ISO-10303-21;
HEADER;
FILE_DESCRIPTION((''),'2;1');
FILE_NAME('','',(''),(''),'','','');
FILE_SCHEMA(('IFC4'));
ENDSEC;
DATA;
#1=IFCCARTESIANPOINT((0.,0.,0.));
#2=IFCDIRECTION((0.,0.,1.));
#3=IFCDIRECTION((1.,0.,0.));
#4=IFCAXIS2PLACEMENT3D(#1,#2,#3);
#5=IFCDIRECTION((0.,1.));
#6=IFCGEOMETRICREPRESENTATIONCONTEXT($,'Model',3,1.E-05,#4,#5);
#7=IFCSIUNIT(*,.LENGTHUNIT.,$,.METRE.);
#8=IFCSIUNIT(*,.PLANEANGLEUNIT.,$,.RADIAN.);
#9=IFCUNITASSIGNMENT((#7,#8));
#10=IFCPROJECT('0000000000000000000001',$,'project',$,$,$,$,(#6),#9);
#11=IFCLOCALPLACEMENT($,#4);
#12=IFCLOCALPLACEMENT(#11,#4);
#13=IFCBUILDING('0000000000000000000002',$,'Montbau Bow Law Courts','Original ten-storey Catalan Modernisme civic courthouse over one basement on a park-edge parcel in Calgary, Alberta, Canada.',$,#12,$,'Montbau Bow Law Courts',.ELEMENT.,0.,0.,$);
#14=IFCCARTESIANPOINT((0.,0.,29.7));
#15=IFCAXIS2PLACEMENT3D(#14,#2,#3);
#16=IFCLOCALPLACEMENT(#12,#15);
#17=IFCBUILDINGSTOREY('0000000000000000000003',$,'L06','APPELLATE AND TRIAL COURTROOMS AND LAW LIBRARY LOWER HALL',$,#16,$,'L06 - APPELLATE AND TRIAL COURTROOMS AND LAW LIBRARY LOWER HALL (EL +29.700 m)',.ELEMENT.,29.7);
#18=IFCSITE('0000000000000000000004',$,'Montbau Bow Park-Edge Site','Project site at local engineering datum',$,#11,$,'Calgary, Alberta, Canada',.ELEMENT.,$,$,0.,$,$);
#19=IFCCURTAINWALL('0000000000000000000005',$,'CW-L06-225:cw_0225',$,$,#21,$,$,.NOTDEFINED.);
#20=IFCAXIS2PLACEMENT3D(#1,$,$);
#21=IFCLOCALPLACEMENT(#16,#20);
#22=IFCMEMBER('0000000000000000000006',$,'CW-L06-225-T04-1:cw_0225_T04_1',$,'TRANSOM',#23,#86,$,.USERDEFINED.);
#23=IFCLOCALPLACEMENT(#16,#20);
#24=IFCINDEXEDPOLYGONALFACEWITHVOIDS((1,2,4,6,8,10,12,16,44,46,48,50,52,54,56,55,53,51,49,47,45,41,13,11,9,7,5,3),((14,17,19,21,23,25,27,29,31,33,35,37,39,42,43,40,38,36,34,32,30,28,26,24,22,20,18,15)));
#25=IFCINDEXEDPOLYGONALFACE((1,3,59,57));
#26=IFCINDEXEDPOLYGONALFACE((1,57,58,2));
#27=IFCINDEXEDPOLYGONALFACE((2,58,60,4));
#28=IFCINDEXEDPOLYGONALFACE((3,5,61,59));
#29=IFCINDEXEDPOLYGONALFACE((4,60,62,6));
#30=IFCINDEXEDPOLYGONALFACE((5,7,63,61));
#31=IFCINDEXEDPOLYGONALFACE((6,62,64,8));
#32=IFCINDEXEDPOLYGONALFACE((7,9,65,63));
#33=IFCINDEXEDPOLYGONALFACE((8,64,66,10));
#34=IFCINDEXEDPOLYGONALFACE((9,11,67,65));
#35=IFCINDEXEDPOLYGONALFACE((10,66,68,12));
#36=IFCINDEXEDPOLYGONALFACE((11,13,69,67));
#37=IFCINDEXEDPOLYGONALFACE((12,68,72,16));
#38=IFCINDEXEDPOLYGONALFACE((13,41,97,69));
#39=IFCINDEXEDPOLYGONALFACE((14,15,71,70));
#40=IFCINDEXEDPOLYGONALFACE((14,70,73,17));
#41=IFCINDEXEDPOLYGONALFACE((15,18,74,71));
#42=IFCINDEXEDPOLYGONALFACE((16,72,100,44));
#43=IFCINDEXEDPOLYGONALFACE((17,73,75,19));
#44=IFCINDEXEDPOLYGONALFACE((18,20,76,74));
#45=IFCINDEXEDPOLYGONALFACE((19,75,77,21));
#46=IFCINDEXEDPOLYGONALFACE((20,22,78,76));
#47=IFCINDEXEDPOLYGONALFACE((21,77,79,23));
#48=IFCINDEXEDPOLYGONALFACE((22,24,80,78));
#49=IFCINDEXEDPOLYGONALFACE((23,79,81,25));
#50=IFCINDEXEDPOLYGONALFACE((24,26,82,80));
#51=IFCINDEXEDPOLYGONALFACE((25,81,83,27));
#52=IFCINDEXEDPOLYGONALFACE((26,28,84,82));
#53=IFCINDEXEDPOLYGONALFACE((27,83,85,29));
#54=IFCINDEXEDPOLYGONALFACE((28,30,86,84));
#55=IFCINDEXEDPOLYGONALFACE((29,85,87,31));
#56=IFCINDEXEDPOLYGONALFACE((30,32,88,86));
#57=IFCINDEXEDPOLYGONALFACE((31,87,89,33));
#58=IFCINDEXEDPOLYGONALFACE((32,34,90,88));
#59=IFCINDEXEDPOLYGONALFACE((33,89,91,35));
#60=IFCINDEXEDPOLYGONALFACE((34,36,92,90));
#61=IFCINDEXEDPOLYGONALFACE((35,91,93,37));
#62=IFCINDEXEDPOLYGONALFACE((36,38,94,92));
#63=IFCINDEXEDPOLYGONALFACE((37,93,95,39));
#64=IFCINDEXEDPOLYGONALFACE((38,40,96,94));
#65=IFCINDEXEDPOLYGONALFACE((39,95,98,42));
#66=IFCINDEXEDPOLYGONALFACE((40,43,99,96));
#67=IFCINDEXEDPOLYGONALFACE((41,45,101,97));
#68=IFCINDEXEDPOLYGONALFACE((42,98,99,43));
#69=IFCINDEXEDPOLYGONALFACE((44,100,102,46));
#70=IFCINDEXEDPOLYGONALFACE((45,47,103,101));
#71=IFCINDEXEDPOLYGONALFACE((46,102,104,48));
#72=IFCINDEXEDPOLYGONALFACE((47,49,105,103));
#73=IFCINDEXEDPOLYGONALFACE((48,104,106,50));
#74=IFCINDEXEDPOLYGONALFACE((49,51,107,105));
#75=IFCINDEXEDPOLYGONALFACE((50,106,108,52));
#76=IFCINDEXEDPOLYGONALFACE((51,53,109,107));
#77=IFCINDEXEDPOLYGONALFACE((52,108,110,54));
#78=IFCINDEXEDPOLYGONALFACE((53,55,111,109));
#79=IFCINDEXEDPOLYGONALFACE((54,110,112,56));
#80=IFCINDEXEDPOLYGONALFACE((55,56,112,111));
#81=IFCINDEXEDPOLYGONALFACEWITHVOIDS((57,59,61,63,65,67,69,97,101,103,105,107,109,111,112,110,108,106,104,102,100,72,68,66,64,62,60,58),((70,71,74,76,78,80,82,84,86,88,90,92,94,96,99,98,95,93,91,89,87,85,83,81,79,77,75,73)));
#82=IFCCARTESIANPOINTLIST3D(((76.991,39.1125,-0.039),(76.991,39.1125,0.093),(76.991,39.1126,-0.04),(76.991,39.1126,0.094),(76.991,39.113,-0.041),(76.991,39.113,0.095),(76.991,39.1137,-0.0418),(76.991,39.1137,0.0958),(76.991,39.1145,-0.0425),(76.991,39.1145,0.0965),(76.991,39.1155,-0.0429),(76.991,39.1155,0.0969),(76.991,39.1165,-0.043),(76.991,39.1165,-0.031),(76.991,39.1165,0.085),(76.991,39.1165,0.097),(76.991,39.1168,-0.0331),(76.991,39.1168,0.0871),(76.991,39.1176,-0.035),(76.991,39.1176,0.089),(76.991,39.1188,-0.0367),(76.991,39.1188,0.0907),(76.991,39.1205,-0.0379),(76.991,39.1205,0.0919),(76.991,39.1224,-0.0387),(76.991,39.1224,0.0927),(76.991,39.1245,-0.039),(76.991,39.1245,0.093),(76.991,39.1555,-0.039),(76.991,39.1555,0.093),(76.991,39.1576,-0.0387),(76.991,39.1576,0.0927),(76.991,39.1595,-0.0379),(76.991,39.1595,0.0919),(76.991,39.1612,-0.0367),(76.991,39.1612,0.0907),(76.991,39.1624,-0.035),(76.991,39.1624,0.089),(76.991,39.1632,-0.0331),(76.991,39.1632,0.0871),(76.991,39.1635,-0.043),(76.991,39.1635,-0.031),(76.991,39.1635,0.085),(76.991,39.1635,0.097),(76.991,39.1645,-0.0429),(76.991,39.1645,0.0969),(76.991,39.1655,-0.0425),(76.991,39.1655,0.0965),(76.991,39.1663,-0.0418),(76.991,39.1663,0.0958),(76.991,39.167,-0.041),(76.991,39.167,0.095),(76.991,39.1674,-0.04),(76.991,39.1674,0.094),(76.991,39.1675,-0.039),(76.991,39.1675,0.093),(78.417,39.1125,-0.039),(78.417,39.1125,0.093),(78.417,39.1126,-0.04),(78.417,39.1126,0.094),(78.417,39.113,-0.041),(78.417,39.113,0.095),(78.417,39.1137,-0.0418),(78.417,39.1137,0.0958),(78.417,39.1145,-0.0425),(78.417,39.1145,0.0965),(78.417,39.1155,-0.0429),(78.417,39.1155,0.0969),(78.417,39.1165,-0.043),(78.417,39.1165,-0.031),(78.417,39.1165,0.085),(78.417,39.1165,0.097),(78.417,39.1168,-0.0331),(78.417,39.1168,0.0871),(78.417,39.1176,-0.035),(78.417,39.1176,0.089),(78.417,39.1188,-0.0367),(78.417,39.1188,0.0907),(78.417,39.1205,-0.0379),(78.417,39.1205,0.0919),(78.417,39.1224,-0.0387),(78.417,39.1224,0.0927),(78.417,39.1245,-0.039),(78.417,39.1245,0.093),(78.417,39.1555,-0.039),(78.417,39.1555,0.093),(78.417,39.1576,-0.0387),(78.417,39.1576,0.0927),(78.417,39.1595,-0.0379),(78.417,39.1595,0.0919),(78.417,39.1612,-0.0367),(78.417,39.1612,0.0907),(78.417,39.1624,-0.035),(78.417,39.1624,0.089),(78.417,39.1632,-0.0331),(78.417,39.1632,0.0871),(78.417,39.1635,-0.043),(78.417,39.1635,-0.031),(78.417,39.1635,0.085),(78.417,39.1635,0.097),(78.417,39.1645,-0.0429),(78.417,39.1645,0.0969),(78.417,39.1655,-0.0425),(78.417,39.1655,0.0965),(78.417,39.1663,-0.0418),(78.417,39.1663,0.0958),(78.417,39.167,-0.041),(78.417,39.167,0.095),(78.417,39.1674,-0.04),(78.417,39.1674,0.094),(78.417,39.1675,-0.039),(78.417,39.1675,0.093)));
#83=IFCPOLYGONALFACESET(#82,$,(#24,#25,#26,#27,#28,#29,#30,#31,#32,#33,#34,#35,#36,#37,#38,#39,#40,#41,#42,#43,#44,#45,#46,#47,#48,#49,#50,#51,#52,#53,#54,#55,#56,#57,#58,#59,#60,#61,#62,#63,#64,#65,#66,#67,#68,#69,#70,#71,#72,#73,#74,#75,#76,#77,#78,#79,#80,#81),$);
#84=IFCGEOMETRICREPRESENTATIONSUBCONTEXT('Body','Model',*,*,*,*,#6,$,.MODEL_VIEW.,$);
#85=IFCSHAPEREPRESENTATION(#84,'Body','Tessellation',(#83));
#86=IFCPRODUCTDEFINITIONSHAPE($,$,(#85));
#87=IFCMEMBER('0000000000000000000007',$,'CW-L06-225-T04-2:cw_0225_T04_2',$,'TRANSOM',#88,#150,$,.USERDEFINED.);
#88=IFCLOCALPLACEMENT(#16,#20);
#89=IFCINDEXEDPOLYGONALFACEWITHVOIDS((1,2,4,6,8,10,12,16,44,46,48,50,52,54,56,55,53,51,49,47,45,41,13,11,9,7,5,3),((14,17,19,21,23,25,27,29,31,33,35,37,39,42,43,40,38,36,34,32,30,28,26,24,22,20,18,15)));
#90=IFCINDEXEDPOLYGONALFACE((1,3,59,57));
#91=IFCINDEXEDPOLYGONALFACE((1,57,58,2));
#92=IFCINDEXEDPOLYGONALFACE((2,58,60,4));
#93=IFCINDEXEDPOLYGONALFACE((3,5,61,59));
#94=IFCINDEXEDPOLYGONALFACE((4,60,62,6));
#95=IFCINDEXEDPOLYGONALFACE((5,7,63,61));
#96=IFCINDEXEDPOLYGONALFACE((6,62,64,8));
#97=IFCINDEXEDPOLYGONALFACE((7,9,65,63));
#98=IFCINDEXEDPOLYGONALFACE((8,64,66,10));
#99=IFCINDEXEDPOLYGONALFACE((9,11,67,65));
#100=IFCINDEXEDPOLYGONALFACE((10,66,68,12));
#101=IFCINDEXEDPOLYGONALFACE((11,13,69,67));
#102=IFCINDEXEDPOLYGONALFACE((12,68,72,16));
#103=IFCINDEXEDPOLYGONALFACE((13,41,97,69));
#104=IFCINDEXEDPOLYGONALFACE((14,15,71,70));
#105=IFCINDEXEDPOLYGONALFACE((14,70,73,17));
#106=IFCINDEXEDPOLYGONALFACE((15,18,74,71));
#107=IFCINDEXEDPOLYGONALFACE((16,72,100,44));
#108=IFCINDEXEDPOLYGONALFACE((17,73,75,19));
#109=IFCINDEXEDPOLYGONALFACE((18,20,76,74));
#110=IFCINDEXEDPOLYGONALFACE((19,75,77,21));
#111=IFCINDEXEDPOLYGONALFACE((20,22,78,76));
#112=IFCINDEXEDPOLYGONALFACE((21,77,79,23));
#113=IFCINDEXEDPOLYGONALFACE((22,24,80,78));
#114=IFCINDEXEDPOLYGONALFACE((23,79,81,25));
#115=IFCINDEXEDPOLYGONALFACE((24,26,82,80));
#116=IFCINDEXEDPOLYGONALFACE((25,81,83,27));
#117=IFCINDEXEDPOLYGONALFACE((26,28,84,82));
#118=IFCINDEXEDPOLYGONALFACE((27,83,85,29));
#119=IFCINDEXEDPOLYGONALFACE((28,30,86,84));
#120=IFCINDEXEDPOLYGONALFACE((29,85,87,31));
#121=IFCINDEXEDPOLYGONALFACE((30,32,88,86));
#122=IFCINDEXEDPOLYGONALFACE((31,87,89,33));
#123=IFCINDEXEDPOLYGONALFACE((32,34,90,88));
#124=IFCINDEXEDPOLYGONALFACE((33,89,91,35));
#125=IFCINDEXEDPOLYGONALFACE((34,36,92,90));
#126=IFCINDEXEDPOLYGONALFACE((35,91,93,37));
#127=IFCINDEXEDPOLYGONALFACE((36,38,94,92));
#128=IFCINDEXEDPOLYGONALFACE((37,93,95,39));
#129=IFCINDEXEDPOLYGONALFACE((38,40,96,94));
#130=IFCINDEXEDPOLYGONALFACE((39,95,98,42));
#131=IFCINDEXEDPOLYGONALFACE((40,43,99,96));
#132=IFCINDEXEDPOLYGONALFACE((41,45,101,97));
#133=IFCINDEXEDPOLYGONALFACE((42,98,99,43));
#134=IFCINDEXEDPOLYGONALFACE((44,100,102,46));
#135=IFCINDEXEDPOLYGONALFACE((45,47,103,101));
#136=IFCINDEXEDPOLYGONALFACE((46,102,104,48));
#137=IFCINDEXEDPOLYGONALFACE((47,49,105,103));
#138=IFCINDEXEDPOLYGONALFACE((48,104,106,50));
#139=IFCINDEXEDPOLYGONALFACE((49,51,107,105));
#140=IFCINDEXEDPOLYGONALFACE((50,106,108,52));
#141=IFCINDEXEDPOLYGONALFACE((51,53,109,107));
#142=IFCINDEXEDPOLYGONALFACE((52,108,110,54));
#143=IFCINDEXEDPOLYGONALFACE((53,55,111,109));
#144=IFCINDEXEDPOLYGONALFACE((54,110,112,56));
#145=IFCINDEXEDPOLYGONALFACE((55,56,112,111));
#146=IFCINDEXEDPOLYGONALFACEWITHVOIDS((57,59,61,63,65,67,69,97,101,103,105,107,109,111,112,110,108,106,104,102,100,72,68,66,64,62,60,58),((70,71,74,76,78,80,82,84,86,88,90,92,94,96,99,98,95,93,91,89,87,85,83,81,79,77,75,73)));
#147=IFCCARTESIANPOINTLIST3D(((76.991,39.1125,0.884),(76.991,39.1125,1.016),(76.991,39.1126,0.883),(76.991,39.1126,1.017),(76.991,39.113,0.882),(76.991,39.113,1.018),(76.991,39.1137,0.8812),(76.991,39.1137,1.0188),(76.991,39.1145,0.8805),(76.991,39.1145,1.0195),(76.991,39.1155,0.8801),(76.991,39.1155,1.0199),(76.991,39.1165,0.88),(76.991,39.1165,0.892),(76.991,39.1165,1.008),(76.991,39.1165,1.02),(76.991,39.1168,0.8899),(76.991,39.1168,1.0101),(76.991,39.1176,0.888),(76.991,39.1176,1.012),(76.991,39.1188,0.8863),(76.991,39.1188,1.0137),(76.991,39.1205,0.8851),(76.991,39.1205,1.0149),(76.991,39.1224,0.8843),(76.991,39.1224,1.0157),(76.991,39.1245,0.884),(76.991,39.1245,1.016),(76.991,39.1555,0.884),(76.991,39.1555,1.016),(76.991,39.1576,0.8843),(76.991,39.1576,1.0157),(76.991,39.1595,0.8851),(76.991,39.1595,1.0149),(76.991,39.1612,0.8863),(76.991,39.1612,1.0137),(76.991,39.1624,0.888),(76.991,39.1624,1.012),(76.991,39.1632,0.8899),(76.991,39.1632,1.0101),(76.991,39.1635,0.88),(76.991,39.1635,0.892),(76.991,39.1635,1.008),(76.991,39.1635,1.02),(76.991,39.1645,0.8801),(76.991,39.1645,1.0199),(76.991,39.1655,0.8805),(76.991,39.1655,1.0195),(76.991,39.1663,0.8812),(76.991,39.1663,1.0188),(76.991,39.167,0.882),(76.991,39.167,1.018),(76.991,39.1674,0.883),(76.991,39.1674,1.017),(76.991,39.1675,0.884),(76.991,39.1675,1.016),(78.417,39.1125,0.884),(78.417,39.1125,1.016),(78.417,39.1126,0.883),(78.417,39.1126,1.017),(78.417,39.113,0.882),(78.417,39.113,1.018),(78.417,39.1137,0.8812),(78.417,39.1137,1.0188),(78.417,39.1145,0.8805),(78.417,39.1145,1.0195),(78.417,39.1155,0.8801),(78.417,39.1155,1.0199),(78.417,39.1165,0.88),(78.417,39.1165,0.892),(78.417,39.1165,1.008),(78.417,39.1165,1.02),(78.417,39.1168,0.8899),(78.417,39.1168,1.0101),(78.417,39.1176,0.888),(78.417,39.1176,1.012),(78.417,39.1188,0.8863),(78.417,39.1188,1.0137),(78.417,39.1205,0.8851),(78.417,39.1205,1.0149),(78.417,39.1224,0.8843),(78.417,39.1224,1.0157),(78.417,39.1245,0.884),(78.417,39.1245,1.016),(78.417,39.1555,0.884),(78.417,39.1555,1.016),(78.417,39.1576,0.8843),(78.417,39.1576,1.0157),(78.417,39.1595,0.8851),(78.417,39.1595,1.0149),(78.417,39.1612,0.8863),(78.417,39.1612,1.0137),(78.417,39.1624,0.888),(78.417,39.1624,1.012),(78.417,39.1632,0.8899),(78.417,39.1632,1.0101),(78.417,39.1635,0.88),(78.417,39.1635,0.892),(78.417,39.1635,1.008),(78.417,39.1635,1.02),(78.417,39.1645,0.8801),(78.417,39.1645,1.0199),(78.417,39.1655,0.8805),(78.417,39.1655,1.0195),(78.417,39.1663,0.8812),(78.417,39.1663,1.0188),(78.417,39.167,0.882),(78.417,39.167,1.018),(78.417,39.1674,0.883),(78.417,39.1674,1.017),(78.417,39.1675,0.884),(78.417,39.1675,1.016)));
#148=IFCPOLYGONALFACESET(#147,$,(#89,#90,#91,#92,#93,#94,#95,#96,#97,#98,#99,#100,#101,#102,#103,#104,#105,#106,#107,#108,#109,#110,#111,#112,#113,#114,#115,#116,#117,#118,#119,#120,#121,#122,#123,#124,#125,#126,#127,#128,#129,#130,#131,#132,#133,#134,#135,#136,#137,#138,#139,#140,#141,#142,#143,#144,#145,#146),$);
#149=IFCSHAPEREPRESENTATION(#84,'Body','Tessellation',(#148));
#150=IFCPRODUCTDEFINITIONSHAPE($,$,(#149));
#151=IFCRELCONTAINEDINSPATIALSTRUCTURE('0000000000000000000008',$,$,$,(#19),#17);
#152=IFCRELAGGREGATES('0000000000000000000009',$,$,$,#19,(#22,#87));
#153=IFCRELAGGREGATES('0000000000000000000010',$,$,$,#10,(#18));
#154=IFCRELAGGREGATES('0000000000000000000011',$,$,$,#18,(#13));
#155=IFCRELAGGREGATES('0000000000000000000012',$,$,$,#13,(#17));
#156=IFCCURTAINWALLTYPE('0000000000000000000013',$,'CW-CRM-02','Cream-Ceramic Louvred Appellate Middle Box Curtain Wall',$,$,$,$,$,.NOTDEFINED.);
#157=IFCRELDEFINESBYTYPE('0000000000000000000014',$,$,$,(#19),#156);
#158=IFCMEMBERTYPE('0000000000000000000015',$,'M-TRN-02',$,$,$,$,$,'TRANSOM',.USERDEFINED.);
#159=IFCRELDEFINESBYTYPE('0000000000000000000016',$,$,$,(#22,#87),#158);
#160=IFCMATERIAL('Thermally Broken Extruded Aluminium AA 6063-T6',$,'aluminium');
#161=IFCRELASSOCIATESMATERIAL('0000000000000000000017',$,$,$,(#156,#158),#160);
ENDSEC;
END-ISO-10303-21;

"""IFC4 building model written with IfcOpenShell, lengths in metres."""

from ifc_helpers import new_model, si_unit, direction, frame, origin_with_axes, origin_2d_with_axis, place, context, subcontext, project, spatial, hollow_rectangle, extrude, material, material_profile, profile_set, type_object, element, aggregate, save


model = new_model("IFC4")

# Units and contexts
model_context = context("Model", 3, precision=1e-05, world=origin_with_axes(), true_north=direction((0.0, 1.0)))
body_context = subcontext(model_context, "Body", "Model", "MODEL_VIEW")
ifc_project = project(units=[si_unit("LENGTHUNIT", "METRE"), si_unit("PLANEANGLEUNIT", "RADIAN")], contexts=[model_context])

# Site, building, storey
site_placement = place(None, origin_with_axes())
site = spatial("IfcSite", under=ifc_project, at=site_placement, Name="Montbau Bow Park-Edge Site", Description="Project site at local engineering datum", LongName="Calgary, Alberta, Canada", CompositionType="ELEMENT", RefElevation=0.0)
building_placement = place(site_placement, origin_with_axes())
building = spatial("IfcBuilding", under=site, at=building_placement, Name="Montbau Bow Law Courts", Description="Original ten-storey Catalan Modernisme civic courthouse over one basement on a park-edge parcel in Calgary, Alberta, Canada.", LongName="Montbau Bow Law Courts", CompositionType="ELEMENT", ElevationOfRefHeight=0.0, ElevationOfTerrain=0.0)
storey_placement = place(building_placement, frame((0.0, 0.0, 29.7), z_axis=(0.0, 0.0, 1.0), x_axis=(1.0, 0.0, 0.0)))
storey = spatial("IfcBuildingStorey", under=building, at=storey_placement, Name="L06", Description="APPELLATE AND TRIAL COURTROOMS AND LAW LIBRARY LOWER HALL", LongName="L06 - APPELLATE AND TRIAL COURTROOMS AND LAW LIBRARY LOWER HALL (EL +29.700 m)", CompositionType="ELEMENT", Elevation=29.7)

# Curtain wall, members
ifc_material_1 = material(Name="Thermally Broken Extruded Aluminium AA 6063-T6", Category="aluminium")
curtain_wall_type = type_object("IfcCurtainWallType", Name="CW-CRM-02", Description="Cream-Ceramic Louvred Appellate Middle Box Curtain Wall", PredefinedType="NOTDEFINED", material=ifc_material_1)
curtain_wall_placement = place(None, frame((72.44, 39.14, 29.7), z_axis=(0.0, 0.0, 1.0), x_axis=(1.0, 0.0, 0.0)))
curtain_wall = element("IfcCurtainWall", 1, at=curtain_wall_placement, inside=storey, type_object=curtain_wall_type, Name="CW-L06-225:cw_0225", PredefinedType="NOTDEFINED")
ifc_material_profile_1 = material_profile(ifc_material_1, hollow_rectangle(XDim=0.055, YDim=0.14, WallThickness=0.004, InnerFilletRadius=0.008, OuterFilletRadius=0.004, at=origin_2d_with_axis()), Name="CWT-140X55", Category="Main", Priority=0)
ifc_profile_set_1 = profile_set([ifc_material_profile_1], Name="Thermally Broken Extruded Aluminium AA 6063-T6")
member_type_1 = type_object("IfcMemberType", Name="M-TRN-02", ElementType="TRANSOM", PredefinedType="USERDEFINED", material=ifc_profile_set_1)
member_1_placement = place(None, frame((76.991, 39.14, 29.727), z_axis=(1.0, 0.0, 0.0), x_axis=(0.0, 1.0, 0.0)))
member_1 = element("IfcMember", 2, at=member_1_placement, type_object=member_type_1, Name="CW-L06-225-T04-1:cw_0225_T04_1", ObjectType="TRANSOM", PredefinedType="USERDEFINED", context=body_context, shape_type="SweptSolid", body=[
    extrude(hollow_rectangle(XDim=0.055, YDim=0.14, WallThickness=0.004, InnerFilletRadius=0.008, OuterFilletRadius=0.004, at=origin_2d_with_axis()), origin_with_axes(), (0.0, 0.0, 1.0), 1.426),
])
member_2_placement = place(None, frame((76.991, 39.14, 30.65), z_axis=(1.0, 0.0, 0.0), x_axis=(0.0, 1.0, 0.0)))
member_2 = element("IfcMember", 3, at=member_2_placement, type_object=member_type_1, Name="CW-L06-225-T04-2:cw_0225_T04_2", ObjectType="TRANSOM", PredefinedType="USERDEFINED", context=body_context, shape_type="SweptSolid", body=[
    extrude(hollow_rectangle(XDim=0.055, YDim=0.14, WallThickness=0.004, InnerFilletRadius=0.008, OuterFilletRadius=0.004, at=origin_2d_with_axis()), origin_with_axes(), (0.0, 0.0, 1.0), 1.426),
])
aggregate(curtain_wall, [member_1, member_2])

save(model, "model.ifc")
